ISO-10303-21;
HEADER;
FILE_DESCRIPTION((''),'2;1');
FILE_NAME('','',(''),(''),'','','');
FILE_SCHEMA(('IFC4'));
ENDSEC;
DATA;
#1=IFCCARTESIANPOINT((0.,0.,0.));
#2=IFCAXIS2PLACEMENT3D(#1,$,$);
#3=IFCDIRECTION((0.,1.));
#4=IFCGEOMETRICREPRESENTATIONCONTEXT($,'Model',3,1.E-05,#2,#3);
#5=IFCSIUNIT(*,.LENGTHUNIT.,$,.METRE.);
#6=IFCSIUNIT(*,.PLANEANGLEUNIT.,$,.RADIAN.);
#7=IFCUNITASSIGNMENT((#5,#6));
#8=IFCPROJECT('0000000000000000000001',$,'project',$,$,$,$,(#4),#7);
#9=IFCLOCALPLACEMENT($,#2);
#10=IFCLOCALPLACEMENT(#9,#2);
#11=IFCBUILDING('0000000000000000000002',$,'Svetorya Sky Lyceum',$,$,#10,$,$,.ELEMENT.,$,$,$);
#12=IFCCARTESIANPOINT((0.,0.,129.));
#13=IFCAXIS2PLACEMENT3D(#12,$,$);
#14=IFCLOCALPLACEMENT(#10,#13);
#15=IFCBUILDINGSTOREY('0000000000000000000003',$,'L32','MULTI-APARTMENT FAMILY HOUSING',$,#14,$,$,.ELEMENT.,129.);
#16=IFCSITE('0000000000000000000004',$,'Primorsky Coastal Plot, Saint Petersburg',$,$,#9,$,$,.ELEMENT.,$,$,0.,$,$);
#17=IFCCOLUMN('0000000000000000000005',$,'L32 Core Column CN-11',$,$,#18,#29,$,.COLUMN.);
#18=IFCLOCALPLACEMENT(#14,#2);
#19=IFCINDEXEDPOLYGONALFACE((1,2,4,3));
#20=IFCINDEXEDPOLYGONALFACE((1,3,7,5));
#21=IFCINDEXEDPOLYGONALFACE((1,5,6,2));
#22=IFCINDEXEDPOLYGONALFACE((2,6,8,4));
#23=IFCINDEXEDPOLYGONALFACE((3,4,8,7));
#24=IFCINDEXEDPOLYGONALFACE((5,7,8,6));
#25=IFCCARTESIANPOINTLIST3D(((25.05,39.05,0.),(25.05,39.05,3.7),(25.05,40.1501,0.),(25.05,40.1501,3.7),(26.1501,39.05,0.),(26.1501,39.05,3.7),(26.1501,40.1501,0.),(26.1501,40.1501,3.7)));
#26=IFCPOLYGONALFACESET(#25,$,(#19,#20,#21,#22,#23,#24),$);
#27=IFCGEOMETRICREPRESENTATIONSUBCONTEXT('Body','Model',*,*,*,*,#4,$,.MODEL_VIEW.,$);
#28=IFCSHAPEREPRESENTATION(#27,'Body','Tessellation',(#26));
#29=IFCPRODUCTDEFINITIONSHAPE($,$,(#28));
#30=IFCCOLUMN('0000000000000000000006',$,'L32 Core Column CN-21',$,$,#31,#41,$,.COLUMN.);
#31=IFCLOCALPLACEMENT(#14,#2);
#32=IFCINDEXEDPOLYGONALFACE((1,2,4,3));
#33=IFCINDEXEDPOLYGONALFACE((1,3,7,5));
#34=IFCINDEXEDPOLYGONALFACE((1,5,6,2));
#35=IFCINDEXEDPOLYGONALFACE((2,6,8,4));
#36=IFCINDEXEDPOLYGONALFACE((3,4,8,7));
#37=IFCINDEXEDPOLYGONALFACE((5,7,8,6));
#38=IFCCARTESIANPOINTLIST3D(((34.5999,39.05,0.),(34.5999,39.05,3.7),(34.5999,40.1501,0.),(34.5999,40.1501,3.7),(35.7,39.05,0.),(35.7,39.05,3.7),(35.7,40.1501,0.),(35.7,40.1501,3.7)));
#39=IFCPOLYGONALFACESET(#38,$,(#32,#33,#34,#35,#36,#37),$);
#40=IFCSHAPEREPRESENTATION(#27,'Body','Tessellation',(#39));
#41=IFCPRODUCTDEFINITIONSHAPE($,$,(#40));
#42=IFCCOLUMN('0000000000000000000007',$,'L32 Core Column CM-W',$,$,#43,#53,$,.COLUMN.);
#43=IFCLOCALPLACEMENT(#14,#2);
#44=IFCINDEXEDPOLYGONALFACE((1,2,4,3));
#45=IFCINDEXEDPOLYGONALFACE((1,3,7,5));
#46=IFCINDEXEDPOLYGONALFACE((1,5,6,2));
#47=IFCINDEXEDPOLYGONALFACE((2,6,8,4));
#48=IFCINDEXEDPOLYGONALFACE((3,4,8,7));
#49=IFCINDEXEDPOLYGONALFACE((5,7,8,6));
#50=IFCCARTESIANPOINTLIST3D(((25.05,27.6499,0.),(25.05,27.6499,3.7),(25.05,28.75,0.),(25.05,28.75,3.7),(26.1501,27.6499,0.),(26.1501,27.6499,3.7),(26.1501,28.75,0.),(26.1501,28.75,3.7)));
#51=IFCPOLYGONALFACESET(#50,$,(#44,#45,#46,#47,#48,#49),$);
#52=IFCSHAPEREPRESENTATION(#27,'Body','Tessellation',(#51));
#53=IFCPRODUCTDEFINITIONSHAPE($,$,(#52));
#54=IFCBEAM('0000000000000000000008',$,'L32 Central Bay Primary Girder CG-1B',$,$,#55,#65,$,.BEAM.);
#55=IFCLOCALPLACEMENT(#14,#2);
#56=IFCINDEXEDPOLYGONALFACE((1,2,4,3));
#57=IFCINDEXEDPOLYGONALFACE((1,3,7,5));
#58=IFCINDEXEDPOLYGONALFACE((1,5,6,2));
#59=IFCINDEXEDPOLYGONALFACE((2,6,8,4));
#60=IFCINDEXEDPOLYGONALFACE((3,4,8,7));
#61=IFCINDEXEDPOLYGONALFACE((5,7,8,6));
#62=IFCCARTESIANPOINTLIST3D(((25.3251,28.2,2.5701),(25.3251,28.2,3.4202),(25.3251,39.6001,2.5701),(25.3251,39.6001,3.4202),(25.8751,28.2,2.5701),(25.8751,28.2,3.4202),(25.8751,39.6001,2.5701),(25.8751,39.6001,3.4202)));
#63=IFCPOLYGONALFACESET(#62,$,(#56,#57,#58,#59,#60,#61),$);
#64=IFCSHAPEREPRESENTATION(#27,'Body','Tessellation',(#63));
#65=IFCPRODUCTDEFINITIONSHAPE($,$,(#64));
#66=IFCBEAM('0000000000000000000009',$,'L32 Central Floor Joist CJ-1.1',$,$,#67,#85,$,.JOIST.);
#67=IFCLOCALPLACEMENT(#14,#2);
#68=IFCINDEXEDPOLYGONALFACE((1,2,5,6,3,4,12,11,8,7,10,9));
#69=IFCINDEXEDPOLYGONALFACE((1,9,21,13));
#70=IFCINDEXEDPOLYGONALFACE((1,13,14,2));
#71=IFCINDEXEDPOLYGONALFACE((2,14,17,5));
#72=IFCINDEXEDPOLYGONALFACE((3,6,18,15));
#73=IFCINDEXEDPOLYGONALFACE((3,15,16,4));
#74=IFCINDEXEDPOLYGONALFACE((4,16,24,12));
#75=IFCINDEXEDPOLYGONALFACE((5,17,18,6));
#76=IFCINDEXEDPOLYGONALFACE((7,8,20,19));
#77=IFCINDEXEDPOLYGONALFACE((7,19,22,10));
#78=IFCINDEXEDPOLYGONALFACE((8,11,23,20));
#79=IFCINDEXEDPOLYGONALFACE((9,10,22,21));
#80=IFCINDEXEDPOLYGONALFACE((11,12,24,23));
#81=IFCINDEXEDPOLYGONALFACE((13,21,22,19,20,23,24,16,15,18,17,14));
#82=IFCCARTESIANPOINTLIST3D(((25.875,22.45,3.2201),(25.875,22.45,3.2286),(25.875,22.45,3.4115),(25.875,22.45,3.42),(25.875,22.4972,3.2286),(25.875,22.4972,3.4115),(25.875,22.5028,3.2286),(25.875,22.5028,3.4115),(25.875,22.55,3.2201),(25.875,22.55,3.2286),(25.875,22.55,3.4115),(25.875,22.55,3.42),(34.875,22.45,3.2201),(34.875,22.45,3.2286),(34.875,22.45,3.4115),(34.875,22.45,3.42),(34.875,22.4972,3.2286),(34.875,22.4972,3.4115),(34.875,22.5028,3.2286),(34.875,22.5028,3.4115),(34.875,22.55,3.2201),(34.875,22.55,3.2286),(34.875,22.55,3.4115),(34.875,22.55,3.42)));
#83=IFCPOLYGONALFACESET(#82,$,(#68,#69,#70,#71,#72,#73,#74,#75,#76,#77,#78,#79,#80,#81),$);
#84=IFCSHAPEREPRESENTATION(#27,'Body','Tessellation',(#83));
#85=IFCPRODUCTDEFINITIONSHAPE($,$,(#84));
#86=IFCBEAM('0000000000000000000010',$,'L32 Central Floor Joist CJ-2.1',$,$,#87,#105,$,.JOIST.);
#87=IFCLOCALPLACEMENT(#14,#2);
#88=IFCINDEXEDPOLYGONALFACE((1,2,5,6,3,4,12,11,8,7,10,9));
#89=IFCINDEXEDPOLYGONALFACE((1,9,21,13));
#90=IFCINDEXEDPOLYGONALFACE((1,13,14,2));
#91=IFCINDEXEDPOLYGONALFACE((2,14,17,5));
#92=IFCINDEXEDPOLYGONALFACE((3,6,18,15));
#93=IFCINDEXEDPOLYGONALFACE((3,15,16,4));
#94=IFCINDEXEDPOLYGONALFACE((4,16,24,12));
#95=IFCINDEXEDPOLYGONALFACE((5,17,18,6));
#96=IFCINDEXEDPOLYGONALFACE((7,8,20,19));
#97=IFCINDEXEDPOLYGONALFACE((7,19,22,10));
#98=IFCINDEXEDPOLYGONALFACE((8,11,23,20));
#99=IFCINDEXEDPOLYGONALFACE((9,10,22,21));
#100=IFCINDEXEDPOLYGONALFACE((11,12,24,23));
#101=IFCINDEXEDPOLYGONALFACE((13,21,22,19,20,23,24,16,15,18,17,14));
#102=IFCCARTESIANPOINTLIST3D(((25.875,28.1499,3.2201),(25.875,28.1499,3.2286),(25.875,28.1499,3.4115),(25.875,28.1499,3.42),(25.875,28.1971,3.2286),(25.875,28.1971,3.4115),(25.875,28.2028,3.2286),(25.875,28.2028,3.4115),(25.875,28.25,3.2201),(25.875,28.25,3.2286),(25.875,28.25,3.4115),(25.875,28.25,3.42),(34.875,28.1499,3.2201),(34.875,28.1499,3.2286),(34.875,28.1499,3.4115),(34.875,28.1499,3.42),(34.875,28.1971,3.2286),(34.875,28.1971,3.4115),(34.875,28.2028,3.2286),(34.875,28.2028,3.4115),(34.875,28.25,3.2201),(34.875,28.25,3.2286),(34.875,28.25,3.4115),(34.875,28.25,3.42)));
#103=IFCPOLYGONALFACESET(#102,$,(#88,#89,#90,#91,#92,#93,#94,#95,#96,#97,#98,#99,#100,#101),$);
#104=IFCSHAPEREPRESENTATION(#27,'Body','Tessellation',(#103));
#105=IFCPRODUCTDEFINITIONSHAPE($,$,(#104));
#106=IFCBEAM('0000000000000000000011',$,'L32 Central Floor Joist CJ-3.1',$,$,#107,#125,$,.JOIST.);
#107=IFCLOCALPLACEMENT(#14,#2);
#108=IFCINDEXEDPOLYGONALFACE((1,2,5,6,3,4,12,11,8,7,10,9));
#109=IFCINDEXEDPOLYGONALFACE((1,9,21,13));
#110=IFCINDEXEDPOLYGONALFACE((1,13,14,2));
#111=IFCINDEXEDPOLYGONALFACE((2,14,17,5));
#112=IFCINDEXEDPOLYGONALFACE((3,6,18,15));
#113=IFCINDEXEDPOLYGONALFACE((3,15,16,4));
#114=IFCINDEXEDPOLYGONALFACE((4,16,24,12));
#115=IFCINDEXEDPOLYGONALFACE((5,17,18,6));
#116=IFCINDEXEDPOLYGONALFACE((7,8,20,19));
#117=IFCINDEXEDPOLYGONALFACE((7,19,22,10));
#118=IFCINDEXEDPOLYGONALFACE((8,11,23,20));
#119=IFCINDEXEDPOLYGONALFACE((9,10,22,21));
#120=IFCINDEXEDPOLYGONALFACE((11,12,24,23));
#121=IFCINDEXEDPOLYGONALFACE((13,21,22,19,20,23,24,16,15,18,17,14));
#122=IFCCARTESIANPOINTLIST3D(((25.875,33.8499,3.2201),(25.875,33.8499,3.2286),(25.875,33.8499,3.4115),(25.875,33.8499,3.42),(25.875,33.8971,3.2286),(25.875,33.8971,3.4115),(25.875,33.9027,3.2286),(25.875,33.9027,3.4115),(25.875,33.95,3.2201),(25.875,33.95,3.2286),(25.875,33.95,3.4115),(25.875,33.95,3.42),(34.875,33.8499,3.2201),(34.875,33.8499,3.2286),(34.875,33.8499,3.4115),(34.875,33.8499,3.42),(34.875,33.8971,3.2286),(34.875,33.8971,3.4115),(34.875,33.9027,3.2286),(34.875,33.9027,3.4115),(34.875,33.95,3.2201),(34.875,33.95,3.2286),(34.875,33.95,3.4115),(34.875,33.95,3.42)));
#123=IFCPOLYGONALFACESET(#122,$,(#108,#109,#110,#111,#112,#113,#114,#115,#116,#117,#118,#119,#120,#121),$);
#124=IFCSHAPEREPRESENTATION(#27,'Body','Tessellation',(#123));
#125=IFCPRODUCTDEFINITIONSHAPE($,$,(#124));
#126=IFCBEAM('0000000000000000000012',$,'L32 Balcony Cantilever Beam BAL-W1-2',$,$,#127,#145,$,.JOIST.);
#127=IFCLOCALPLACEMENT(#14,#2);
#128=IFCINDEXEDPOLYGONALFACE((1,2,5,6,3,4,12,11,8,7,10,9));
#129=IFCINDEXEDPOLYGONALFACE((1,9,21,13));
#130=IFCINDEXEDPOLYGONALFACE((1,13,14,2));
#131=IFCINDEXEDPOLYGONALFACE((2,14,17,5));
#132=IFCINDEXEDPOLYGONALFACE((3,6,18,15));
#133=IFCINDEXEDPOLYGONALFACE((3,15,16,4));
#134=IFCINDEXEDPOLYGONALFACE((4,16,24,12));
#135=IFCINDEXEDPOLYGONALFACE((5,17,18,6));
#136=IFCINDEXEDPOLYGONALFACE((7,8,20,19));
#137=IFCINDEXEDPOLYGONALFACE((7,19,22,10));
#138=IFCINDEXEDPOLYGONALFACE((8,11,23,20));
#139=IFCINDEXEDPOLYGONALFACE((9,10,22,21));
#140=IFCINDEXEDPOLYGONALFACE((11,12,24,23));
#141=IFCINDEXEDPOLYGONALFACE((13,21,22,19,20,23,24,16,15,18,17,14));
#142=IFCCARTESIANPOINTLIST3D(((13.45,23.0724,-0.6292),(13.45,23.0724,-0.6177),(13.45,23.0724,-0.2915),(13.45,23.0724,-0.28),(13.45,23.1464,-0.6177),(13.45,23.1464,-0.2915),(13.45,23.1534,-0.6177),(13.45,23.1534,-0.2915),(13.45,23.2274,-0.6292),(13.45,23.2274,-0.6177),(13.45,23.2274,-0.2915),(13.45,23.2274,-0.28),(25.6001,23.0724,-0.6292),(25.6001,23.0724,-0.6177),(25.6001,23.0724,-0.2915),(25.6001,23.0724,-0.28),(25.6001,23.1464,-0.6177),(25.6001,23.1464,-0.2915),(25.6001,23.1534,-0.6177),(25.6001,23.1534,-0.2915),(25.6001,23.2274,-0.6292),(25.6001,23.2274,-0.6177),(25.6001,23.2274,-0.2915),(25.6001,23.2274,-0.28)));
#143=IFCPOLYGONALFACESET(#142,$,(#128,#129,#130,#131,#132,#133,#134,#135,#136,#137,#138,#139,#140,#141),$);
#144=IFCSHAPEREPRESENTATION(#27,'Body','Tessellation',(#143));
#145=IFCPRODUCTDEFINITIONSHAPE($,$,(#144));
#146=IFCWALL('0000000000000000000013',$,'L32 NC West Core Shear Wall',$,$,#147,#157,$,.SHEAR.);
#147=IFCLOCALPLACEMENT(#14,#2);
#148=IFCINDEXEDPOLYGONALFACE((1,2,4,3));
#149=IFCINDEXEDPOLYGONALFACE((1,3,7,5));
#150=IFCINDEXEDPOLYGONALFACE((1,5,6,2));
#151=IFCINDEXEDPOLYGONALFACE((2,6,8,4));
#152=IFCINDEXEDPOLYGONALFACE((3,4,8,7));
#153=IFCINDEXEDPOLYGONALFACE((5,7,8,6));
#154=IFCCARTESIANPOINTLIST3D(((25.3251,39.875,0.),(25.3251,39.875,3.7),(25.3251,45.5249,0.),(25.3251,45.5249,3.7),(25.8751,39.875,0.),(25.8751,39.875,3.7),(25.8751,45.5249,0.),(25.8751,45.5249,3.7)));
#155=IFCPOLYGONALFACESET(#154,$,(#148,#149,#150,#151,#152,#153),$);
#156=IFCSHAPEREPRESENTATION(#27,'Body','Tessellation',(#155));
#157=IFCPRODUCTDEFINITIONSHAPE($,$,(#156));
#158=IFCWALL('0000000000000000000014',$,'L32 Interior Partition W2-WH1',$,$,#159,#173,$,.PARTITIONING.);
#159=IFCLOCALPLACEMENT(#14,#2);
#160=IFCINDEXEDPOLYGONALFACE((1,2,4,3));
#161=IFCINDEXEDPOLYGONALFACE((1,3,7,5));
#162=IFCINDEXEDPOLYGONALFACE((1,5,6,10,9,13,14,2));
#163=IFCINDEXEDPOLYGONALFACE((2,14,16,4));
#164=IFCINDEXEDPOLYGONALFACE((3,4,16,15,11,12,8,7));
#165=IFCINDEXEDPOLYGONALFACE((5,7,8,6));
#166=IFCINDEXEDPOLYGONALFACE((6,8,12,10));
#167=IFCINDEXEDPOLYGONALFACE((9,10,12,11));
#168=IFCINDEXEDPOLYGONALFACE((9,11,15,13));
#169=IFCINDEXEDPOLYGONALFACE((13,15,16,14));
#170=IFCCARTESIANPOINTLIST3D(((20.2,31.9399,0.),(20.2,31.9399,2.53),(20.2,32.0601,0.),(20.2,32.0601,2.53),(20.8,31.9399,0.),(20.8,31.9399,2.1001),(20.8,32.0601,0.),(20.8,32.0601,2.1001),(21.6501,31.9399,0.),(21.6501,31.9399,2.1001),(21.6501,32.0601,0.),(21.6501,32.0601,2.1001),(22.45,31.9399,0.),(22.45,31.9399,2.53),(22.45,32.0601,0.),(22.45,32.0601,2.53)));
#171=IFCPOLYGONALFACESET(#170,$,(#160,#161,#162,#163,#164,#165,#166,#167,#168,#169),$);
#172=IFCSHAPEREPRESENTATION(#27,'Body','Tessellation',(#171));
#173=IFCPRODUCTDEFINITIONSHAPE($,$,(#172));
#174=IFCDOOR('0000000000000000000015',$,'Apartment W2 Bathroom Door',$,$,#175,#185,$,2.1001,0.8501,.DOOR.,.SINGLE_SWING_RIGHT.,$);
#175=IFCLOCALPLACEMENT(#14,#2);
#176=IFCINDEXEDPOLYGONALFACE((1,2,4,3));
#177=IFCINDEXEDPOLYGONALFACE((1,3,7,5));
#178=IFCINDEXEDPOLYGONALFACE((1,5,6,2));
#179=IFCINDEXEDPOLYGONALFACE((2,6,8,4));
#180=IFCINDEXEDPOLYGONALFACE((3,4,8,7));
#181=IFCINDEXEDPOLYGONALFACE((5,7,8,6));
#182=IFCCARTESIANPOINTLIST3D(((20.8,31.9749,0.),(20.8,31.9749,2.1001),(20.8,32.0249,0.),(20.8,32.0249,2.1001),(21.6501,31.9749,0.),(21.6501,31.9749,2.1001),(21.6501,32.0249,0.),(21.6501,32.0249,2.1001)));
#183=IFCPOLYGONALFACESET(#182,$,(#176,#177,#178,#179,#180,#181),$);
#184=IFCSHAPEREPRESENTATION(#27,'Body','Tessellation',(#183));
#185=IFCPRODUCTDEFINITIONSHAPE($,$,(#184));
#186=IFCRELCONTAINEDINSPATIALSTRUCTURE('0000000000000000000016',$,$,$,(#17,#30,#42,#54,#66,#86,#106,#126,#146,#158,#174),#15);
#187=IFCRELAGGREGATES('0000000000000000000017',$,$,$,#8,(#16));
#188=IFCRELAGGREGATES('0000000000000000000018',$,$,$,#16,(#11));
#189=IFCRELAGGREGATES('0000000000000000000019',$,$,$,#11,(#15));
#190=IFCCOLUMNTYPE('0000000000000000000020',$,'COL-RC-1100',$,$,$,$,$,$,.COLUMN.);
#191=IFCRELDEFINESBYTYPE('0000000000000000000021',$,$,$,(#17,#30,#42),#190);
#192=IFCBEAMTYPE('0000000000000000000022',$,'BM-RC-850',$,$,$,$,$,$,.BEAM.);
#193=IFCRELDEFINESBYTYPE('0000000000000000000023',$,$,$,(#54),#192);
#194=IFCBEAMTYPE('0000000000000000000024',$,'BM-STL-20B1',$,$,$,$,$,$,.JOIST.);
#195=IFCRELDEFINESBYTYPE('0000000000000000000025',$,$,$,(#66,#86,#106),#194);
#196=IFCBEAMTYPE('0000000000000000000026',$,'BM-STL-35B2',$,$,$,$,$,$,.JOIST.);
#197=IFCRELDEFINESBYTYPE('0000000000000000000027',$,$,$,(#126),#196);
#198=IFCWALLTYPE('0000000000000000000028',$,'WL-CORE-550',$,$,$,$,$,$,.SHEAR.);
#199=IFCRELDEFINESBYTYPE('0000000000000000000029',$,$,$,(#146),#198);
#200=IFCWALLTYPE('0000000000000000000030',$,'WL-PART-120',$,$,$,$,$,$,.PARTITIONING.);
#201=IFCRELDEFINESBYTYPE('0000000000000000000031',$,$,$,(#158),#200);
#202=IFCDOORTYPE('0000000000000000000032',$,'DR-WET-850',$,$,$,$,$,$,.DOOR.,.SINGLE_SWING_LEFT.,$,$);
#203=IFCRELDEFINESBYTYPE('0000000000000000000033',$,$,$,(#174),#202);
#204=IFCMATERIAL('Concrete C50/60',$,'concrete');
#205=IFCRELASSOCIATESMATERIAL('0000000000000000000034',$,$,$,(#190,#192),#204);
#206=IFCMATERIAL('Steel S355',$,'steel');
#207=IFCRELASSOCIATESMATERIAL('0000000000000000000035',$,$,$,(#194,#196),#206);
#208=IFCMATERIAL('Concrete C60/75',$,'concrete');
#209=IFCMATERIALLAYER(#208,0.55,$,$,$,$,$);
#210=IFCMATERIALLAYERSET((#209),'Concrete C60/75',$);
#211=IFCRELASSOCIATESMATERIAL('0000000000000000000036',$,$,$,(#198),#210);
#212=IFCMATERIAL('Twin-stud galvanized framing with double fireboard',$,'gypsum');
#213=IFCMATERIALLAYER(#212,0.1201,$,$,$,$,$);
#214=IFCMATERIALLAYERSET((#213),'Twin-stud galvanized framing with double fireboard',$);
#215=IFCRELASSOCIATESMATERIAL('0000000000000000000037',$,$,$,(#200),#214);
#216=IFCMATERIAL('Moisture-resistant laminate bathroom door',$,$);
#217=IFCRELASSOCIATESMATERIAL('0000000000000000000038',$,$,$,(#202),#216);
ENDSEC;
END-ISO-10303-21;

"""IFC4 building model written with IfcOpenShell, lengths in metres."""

from ifc_helpers import new_model, si_unit, direction, frame, frame_2d, origin, origin_2d, place, context, subcontext, project, spatial, rectangle, i_section, extrude, material, layer, layer_set, material_profile, profile_set, type_object, element, fill, save


model = new_model("IFC4")

# Units and contexts
model_context = context("Model", 3, precision=1e-05, world=origin(), true_north=direction((0.0, 1.0)))
body_context = subcontext(model_context, "Body", "Model", "MODEL_VIEW")
ifc_project = project(units=[si_unit("LENGTHUNIT", "METRE"), si_unit("PLANEANGLEUNIT", "RADIAN")], contexts=[model_context])

# Site, building, storey
site_placement = place(None, origin())
site = spatial("IfcSite", under=ifc_project, at=site_placement, Name="Primorsky Coastal Plot, Saint Petersburg", CompositionType="ELEMENT", RefElevation=0.0)
building_placement = place(site_placement, origin())
building = spatial("IfcBuilding", under=site, at=building_placement, Name="Svetorya Sky Lyceum", CompositionType="ELEMENT")
storey_placement = place(building_placement, frame((0.0, 0.0, 129.0)))
storey = spatial("IfcBuildingStorey", under=building, at=storey_placement, Name="L32", Description="MULTI-APARTMENT FAMILY HOUSING", CompositionType="ELEMENT", Elevation=129.0)

# Columns
ifc_material_1 = material(Name="Concrete C50/60", Category="concrete")
ifc_material_profile_1 = material_profile(ifc_material_1, rectangle(XDim=1.1001, YDim=1.1001, at=origin_2d()), Name="RC COL 1100x1100")
ifc_profile_set_1 = profile_set([ifc_material_profile_1], Name="Concrete C50/60")
column_type = type_object("IfcColumnType", Name="COL-RC-1100", PredefinedType="COLUMN", material=ifc_profile_set_1)
for number, where, z_axis, x_axis, name in (
    (1, (25.6001, 39.6001, 0.0), (0.0, 0.0, 1.0), (1.0, 0.0, 0.0), "L32 Core Column CN-11"),
    (2, (35.1499, 39.6001, 0.0), (0.0, 0.0, 1.0), (1.0, 0.0, 0.0), "L32 Core Column CN-21"),
    (3, (25.6001, 28.2, 0.0), (0.0, 0.0, 1.0), (1.0, 0.0, 0.0), "L32 Core Column CM-W"),
):
    element("IfcColumn", number, at=place(storey_placement, frame(where, z_axis=z_axis, x_axis=x_axis)), inside=storey, type_object=column_type, Name=name, PredefinedType="COLUMN", context=body_context, shape_type="SweptSolid", body=[
        extrude(rectangle(XDim=1.1001, YDim=1.1001, at=origin_2d()), origin(), (0.0, 0.0, 1.0), 3.7),
    ])

# Beams
ifc_material_profile_2 = material_profile(ifc_material_1, rectangle(XDim=0.55, YDim=0.8501, at=origin_2d()), Name="RC BEAM 550x850")
ifc_profile_set_2 = profile_set([ifc_material_profile_2], Name="Concrete C50/60")
beam_type_1 = type_object("IfcBeamType", Name="BM-RC-850", PredefinedType="BEAM", material=ifc_profile_set_2)
beam_1_placement = place(storey_placement, frame((25.6001, 28.2, 2.9951), z_axis=(0.0, 1.0, 0.0), x_axis=(-1.0, 0.0, 0.0)))
element("IfcBeam", 4, at=beam_1_placement, inside=storey, type_object=beam_type_1, Name="L32 Central Bay Primary Girder CG-1B", PredefinedType="BEAM", context=body_context, shape_type="SweptSolid", body=[
    extrude(rectangle(XDim=0.55, YDim=0.8501, at=origin_2d()), origin(), (0.0, 0.0, 1.0), 11.4001),
])
ifc_material_2 = material(Name="Steel S355", Category="steel")
ifc_material_profile_3 = material_profile(ifc_material_2, i_section(OverallWidth=0.1001, OverallDepth=0.2, WebThickness=0.0056, FlangeThickness=0.0085, at=origin_2d()), Name="GOST 20B1")
ifc_profile_set_3 = profile_set([ifc_material_profile_3], Name="Steel S355")
beam_type_2 = type_object("IfcBeamType", Name="BM-STL-20B1", PredefinedType="JOIST", material=ifc_profile_set_3)
for number, where, z_axis, x_axis, name in (
    (5, (25.875, 22.5, 3.3201), (1.0, 0.0, 0.0), (0.0, 1.0, 0.0), "L32 Central Floor Joist CJ-1.1"),
    (6, (25.875, 28.2, 3.3201), (1.0, 0.0, 0.0), (0.0, 1.0, 0.0), "L32 Central Floor Joist CJ-2.1"),
    (7, (25.875, 33.8999, 3.3201), (1.0, 0.0, 0.0), (0.0, 1.0, 0.0), "L32 Central Floor Joist CJ-3.1"),
):
    element("IfcBeam", number, at=place(storey_placement, frame(where, z_axis=z_axis, x_axis=x_axis)), inside=storey, type_object=beam_type_2, Name=name, PredefinedType="JOIST", context=body_context, shape_type="SweptSolid", body=[
        extrude(i_section(OverallWidth=0.1001, OverallDepth=0.2, WebThickness=0.0056, FlangeThickness=0.0085, at=origin_2d()), origin(), (0.0, 0.0, 1.0), 9.0),
    ])
ifc_material_profile_4 = material_profile(ifc_material_2, i_section(OverallWidth=0.155, OverallDepth=0.3491, WebThickness=0.0071, FlangeThickness=0.0115, at=origin_2d()), Name="GOST 35B2")
ifc_profile_set_4 = profile_set([ifc_material_profile_4], Name="Steel S355")
beam_type_3 = type_object("IfcBeamType", Name="BM-STL-35B2", PredefinedType="JOIST", material=ifc_profile_set_4)
beam_2_placement = place(storey_placement, frame((25.6001, 23.1499, -0.4546), z_axis=(-1.0, 0.0, 0.0), x_axis=(0.0, -1.0, 0.0)))
element("IfcBeam", 8, at=beam_2_placement, inside=storey, type_object=beam_type_3, Name="L32 Balcony Cantilever Beam BAL-W1-2", PredefinedType="JOIST", context=body_context, shape_type="SweptSolid", body=[
    extrude(i_section(OverallWidth=0.155, OverallDepth=0.3491, WebThickness=0.0071, FlangeThickness=0.0115, at=origin_2d()), origin(), (0.0, 0.0, 1.0), 12.1501),
])

# Wall
ifc_material_3 = material(Name="Concrete C60/75", Category="concrete")
ifc_layer_1 = layer(ifc_material_3, 0.55)
ifc_layer_set_1 = layer_set([ifc_layer_1], Name="Concrete C60/75")
wall_type_1 = type_object("IfcWallType", Name="WL-CORE-550", PredefinedType="SHEAR", material=ifc_layer_set_1)
wall_1_placement = place(storey_placement, frame((25.6001, 39.875, 0.0), z_axis=(0.0, 0.0, 1.0), x_axis=(0.0, 1.0, 0.0)))
element("IfcWall", 9, at=wall_1_placement, inside=storey, type_object=wall_type_1, Name="L32 NC West Core Shear Wall", PredefinedType="SHEAR", context=body_context, shape_type="SweptSolid", body=[
    extrude(rectangle(XDim=5.6499, YDim=0.55, at=frame_2d((2.825, 0.0))), origin(), (0.0, 0.0, 1.0), 3.7),
])

# Wall, opening, door
ifc_material_4 = material(Name="Twin-stud galvanized framing with double fireboard", Category="gypsum")
ifc_layer_2 = layer(ifc_material_4, 0.1201)
ifc_layer_set_2 = layer_set([ifc_layer_2], Name="Twin-stud galvanized framing with double fireboard")
wall_type_2 = type_object("IfcWallType", Name="WL-PART-120", PredefinedType="PARTITIONING", material=ifc_layer_set_2)
wall_2_placement = place(storey_placement, frame((20.2, 32.0, 0.0), z_axis=(0.0, 0.0, 1.0), x_axis=(1.0, 0.0, 0.0)))
wall_2 = element("IfcWall", 10, at=wall_2_placement, inside=storey, type_object=wall_type_2, Name="L32 Interior Partition W2-WH1", PredefinedType="PARTITIONING", context=body_context, shape_type="SweptSolid", body=[
    extrude(rectangle(XDim=2.25, YDim=0.1201, at=frame_2d((1.125, 0.0))), origin(), (0.0, 0.0, 1.0), 2.53),
])
opening_1_placement = place(wall_2_placement, frame((0.6001, 0.0, 0.0)))
opening_1 = element("IfcOpeningElement", 11, at=opening_1_placement, cuts=wall_2, PredefinedType="OPENING", context=body_context, shape_type="SweptSolid", body=[
    extrude(rectangle(XDim=0.8501, YDim=2.1001, at=frame_2d((0.425, 1.05))), frame((0.0, 0.0701, 0.0), z_axis=(0.0, -1.0, 0.0), x_axis=(1.0, 0.0, 0.0)), (0.0, 0.0, 1.0), 0.1401),
])
ifc_material_5 = material(Name="Moisture-resistant laminate bathroom door")
door_type_1 = type_object("IfcDoorType", Name="DR-WET-850", OperationType="SINGLE_SWING_LEFT", PredefinedType="DOOR", material=ifc_material_5)
door_1_placement = place(opening_1_placement, origin())
door_1 = element("IfcDoor", 12, at=door_1_placement, inside=storey, type_object=door_type_1, Name="Apartment W2 Bathroom Door", OperationType="SINGLE_SWING_RIGHT", OverallHeight=2.1001, OverallWidth=0.8501, PredefinedType="DOOR", context=body_context, shape_type="SweptSolid", body=[
    extrude(rectangle(XDim=0.8501, YDim=2.1001, at=frame_2d((0.425, 1.05))), frame((0.0, 0.0249, 0.0), z_axis=(0.0, -1.0, 0.0), x_axis=(1.0, 0.0, 0.0)), (0.0, 0.0, 1.0), 0.05),
])
fill(opening_1, door_1)

save(model, "model.ifc")
